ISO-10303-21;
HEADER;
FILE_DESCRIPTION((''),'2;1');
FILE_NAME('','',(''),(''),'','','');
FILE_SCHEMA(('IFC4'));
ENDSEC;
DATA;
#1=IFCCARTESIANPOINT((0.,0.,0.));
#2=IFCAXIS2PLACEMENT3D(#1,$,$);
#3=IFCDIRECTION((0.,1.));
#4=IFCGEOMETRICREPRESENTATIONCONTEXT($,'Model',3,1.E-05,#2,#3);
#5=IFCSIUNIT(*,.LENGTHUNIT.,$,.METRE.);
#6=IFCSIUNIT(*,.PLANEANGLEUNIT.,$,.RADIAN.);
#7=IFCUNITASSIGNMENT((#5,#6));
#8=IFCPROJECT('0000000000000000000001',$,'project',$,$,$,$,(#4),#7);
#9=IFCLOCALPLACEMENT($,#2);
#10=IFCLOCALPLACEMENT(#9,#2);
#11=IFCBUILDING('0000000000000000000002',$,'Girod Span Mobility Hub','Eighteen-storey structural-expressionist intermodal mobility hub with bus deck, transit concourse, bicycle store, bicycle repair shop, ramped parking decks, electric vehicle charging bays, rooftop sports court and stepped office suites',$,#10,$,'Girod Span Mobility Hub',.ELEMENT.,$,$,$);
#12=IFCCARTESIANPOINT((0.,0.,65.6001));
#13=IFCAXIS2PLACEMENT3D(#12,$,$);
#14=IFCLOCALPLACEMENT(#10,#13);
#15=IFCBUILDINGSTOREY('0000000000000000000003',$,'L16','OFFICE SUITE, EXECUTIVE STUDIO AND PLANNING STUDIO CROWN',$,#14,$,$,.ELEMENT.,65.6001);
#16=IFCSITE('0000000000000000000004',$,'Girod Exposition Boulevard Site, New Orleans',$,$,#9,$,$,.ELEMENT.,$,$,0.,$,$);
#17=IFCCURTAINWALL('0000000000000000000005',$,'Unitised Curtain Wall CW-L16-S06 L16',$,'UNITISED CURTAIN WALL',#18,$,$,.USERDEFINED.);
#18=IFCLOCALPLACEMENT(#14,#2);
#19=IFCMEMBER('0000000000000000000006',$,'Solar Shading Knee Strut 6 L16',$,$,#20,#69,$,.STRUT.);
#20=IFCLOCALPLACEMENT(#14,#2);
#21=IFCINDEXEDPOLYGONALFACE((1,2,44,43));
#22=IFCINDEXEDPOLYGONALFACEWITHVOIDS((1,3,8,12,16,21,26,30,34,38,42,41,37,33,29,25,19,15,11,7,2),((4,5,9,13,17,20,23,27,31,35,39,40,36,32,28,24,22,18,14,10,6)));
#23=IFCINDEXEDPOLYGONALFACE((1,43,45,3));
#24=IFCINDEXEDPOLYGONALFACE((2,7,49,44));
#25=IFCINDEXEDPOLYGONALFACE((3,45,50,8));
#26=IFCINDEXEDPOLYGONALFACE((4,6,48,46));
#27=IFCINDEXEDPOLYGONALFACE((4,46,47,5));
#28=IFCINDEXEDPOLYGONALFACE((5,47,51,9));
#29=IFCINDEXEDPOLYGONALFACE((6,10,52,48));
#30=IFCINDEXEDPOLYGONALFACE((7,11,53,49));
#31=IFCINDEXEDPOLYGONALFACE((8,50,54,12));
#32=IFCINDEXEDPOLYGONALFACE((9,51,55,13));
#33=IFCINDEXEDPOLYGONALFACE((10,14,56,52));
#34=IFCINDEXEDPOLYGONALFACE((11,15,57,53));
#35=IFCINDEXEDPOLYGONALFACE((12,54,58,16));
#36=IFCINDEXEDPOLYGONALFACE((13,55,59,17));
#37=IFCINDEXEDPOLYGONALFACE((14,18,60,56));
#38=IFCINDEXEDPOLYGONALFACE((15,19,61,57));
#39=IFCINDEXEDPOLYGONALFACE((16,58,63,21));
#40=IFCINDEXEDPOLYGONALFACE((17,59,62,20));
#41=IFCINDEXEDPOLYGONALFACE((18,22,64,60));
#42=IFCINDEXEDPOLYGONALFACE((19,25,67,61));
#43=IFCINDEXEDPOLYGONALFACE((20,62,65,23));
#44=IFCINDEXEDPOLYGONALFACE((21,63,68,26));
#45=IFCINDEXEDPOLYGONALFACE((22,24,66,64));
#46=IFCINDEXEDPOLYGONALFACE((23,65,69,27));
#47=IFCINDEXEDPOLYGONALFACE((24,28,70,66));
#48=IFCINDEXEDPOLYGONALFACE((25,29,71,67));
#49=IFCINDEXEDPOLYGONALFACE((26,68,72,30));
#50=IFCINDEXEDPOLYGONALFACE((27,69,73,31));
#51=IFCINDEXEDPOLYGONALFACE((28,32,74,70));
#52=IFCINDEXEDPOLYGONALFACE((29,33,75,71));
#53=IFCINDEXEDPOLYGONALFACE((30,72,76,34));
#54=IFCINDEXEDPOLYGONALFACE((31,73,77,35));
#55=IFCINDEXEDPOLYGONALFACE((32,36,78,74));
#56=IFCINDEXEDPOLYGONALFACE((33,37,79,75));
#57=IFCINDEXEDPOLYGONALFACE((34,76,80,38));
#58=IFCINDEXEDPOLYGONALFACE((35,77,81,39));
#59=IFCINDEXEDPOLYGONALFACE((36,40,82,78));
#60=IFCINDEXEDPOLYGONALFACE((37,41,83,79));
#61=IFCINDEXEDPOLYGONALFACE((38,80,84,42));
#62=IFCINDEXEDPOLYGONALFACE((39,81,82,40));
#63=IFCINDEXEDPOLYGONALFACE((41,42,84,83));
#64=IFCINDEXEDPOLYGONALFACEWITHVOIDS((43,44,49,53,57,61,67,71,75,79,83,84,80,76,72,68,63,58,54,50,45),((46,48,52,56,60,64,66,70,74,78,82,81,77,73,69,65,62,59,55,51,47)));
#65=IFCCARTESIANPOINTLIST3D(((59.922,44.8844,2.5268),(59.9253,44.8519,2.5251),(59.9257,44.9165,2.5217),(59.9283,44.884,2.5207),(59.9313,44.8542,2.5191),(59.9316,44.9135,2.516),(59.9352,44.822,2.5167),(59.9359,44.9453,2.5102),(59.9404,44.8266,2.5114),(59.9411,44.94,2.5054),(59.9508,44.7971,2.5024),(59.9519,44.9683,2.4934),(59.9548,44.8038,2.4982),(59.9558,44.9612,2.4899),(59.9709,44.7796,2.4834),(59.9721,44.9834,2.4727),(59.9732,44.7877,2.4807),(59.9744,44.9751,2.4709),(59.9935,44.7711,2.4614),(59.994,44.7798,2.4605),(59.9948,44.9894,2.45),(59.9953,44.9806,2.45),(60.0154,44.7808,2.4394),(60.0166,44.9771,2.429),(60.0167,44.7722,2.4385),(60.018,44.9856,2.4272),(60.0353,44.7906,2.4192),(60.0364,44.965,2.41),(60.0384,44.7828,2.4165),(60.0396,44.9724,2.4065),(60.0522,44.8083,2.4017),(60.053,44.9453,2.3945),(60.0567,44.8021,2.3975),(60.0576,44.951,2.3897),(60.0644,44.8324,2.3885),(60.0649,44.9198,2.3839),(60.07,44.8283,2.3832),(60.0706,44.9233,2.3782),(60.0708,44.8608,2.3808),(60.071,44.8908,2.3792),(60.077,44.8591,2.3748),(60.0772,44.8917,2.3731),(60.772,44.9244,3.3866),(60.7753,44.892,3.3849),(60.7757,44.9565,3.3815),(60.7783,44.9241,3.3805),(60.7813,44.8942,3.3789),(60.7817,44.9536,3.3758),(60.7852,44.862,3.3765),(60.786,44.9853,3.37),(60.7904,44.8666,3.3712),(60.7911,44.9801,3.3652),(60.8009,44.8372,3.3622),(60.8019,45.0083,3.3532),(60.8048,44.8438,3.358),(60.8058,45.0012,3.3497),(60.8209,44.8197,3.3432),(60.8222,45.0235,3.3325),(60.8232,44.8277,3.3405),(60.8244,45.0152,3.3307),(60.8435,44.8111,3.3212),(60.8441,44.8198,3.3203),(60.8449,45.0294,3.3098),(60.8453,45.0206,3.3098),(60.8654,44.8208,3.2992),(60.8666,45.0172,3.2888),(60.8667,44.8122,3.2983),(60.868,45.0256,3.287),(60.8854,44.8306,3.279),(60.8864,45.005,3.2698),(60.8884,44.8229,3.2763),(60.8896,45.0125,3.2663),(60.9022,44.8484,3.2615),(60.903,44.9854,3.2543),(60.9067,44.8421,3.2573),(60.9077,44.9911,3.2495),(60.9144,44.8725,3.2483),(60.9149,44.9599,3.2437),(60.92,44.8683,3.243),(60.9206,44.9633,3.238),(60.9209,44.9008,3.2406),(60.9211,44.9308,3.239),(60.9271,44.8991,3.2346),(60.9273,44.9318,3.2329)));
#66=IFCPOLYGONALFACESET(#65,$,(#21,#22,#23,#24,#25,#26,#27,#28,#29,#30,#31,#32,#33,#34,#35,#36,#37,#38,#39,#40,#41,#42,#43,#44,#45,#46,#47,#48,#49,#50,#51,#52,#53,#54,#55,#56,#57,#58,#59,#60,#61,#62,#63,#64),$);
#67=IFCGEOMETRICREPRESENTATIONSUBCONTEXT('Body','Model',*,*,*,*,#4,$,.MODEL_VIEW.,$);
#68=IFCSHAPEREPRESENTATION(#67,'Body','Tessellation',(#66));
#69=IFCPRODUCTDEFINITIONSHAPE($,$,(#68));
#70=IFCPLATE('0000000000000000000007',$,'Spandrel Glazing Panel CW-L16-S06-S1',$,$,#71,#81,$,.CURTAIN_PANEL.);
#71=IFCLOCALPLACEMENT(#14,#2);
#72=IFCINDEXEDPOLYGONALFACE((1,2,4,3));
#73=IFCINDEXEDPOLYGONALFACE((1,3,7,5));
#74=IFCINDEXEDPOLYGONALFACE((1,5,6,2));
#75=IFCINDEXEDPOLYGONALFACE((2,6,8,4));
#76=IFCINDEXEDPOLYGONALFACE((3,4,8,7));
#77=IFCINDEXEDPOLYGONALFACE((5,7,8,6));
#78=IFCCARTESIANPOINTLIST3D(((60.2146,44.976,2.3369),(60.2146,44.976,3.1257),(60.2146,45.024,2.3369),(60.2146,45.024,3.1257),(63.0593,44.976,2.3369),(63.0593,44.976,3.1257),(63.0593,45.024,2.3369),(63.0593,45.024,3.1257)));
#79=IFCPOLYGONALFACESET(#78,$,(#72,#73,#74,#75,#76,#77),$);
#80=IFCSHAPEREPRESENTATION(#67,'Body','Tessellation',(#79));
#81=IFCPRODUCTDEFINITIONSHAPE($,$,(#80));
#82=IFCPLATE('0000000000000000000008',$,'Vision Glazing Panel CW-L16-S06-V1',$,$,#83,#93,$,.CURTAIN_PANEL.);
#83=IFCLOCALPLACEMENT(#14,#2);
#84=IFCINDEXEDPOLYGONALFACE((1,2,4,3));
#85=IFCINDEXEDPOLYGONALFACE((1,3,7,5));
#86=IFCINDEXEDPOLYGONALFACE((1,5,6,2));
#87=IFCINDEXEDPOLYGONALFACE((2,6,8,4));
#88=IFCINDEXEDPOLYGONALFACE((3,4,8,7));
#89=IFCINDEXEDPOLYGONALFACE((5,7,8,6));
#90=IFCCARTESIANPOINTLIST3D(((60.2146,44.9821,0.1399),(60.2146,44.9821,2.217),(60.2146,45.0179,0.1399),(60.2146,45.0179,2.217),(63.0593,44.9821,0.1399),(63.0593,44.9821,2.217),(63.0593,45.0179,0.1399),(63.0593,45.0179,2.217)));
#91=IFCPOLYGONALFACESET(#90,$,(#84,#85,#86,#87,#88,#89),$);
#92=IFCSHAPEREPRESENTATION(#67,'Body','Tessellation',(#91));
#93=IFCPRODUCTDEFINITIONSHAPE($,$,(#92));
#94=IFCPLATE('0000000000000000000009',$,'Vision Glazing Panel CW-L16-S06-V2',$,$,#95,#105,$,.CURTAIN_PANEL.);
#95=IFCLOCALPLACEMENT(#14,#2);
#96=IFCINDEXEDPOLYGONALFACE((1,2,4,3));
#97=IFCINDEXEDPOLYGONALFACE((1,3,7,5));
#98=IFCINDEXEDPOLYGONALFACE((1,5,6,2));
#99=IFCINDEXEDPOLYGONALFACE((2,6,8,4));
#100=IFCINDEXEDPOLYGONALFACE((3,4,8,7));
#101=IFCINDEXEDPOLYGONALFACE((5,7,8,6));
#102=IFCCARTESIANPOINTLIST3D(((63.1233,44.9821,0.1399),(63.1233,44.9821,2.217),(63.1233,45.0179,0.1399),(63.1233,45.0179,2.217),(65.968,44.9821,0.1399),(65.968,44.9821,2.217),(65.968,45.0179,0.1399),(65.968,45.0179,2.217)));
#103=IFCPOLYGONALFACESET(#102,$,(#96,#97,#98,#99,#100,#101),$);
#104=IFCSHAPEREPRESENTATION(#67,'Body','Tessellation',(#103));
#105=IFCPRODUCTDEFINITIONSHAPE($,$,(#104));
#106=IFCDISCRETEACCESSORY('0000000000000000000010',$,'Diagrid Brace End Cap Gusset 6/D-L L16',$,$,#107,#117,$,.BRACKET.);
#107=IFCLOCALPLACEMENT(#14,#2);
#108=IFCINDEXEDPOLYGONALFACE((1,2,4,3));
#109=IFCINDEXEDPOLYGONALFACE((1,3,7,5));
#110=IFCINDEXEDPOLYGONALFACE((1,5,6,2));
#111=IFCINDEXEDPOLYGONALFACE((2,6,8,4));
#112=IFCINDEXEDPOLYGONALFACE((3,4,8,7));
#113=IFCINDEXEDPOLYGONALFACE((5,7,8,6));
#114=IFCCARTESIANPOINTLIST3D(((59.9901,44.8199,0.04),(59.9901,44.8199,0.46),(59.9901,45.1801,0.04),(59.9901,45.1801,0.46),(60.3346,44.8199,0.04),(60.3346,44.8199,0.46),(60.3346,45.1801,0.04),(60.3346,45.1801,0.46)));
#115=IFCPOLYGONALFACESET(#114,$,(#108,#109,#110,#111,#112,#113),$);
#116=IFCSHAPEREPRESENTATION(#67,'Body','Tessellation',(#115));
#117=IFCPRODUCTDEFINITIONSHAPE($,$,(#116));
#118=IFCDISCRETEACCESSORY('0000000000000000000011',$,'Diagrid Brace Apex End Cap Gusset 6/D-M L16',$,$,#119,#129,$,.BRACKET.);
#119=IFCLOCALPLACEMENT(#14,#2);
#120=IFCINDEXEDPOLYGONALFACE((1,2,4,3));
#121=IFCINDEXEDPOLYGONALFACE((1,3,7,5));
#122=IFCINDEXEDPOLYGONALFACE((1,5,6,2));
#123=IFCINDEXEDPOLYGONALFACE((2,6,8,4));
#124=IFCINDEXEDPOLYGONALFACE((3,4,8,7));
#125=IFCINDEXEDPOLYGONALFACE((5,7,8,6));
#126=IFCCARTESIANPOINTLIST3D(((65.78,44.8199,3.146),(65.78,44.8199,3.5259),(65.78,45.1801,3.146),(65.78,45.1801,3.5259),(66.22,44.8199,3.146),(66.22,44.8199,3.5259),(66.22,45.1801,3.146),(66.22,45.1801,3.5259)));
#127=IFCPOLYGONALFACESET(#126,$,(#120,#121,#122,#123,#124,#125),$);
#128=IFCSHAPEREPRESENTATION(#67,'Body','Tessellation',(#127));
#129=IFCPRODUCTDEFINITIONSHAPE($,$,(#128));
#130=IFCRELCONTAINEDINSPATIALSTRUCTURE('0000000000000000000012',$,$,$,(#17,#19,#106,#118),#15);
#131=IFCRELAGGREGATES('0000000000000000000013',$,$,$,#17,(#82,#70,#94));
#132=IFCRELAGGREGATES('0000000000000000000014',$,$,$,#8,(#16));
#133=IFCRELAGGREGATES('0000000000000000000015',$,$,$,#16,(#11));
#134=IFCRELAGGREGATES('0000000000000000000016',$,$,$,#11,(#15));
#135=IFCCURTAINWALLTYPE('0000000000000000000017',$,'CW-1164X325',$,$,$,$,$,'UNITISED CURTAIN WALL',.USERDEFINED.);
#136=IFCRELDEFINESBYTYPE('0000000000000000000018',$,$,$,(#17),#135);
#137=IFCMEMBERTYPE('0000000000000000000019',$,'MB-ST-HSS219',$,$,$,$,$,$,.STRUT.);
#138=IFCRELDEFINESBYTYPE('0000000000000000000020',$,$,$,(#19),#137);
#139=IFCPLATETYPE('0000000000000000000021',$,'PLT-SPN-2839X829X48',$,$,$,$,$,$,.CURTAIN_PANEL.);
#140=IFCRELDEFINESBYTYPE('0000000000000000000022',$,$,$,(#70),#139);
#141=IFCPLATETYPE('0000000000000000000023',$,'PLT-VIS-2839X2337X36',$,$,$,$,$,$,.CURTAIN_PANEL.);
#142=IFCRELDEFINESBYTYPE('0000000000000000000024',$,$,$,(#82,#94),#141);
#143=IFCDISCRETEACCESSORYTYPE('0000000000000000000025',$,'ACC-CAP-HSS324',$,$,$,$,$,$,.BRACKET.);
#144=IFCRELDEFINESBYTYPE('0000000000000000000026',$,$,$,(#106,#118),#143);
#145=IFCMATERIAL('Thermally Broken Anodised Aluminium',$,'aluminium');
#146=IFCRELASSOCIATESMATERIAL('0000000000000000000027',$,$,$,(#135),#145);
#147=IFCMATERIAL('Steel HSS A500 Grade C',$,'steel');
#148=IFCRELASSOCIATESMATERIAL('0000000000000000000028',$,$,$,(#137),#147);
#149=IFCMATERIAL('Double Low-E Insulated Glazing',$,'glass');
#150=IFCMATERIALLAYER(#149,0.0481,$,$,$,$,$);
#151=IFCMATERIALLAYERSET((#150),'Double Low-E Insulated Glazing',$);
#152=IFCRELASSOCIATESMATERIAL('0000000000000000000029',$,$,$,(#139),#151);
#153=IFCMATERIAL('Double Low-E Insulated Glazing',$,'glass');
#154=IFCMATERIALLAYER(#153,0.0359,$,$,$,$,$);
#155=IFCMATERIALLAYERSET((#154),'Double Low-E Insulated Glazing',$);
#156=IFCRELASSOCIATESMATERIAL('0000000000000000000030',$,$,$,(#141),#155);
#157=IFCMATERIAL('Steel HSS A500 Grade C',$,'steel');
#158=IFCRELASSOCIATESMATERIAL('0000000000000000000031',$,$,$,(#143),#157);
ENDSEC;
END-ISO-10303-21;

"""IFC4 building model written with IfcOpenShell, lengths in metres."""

from ifc_helpers import new_model, si_unit, direction, frame, origin, origin_2d, place, context, subcontext, project, spatial, rectangle, hollow_circle, extrude, material, layer, layer_set, material_profile, profile_set, type_object, element, aggregate, save


model = new_model("IFC4")

# Units and contexts
model_context = context("Model", 3, precision=1e-05, world=origin(), true_north=direction((0.0, 1.0)))
body_context = subcontext(model_context, "Body", "Model", "MODEL_VIEW")
ifc_project = project(units=[si_unit("LENGTHUNIT", "METRE"), si_unit("PLANEANGLEUNIT", "RADIAN")], contexts=[model_context])

# Site, building, storey
site_placement = place(None, origin())
site = spatial("IfcSite", under=ifc_project, at=site_placement, Name="Girod Exposition Boulevard Site, New Orleans", CompositionType="ELEMENT", RefElevation=0.0)
building_placement = place(site_placement, origin())
building = spatial("IfcBuilding", under=site, at=building_placement, Name="Girod Span Mobility Hub", Description="Eighteen-storey structural-expressionist intermodal mobility hub with bus deck, transit concourse, bicycle store, bicycle repair shop, ramped parking decks, electric vehicle charging bays, rooftop sports court and stepped office suites", LongName="Girod Span Mobility Hub", CompositionType="ELEMENT")
storey_placement = place(building_placement, frame((0.0, 0.0, 65.6001)))
storey = spatial("IfcBuildingStorey", under=building, at=storey_placement, Name="L16", Description="OFFICE SUITE, EXECUTIVE STUDIO AND PLANNING STUDIO CROWN", CompositionType="ELEMENT", Elevation=65.6001)

# Curtain wall
ifc_material_1 = material(Name="Thermally Broken Anodised Aluminium", Category="aluminium")
curtain_wall_type = type_object("IfcCurtainWallType", Name="CW-1164X325", ElementType="UNITISED CURTAIN WALL", PredefinedType="USERDEFINED", material=ifc_material_1)
curtain_wall_placement = place(storey_placement, origin())
curtain_wall = element("IfcCurtainWall", 1, at=curtain_wall_placement, inside=storey, type_object=curtain_wall_type, Name="Unitised Curtain Wall CW-L16-S06 L16", ObjectType="UNITISED CURTAIN WALL", PredefinedType="USERDEFINED")

# Member
ifc_material_2 = material(Name="Steel HSS A500 Grade C", Category="steel")
ifc_material_profile_1 = material_profile(ifc_material_2, hollow_circle(Radius=0.1096, WallThickness=0.0088, at=origin_2d()), Name="HSS219X9.5")
ifc_profile_set_1 = profile_set([ifc_material_profile_1], Name="Steel HSS A500 Grade C")
member_type_1 = type_object("IfcMemberType", Name="MB-ST-HSS219", PredefinedType="STRUT", material=ifc_profile_set_1)
member_1_placement = place(storey_placement, frame((60.0, 44.8799, 2.45), z_axis=(0.702672, 0.033095, 0.710744), x_axis=(-0.047047, 0.998893, 0.0)))
element("IfcMember", 2, at=member_1_placement, inside=storey, type_object=member_type_1, Name="Solar Shading Knee Strut 6 L16", PredefinedType="STRUT", context=body_context, shape_type="SweptSolid", body=[
    extrude(hollow_circle(Radius=0.1096, WallThickness=0.0088, at=origin_2d()), origin(), (0.0, 0.0, 1.0), 1.2097),
])

# Plates
ifc_material_3 = material(Name="Double Low-E Insulated Glazing", Category="glass")
ifc_layer_1 = layer(ifc_material_3, 0.0481)
ifc_layer_set_1 = layer_set([ifc_layer_1], Name="Double Low-E Insulated Glazing")
plate_type_1 = type_object("IfcPlateType", Name="PLT-SPN-2839X829X48", PredefinedType="CURTAIN_PANEL", material=ifc_layer_set_1)
plate_1_placement = place(storey_placement, frame((61.637, 45.0, 2.3369), z_axis=(0.0, 0.0, 1.0), x_axis=(1.0, 0.0, 0.0)))
plate_1 = element("IfcPlate", 3, at=plate_1_placement, type_object=plate_type_1, Name="Spandrel Glazing Panel CW-L16-S06-S1", PredefinedType="CURTAIN_PANEL", context=body_context, shape_type="SweptSolid", body=[
    extrude(rectangle(XDim=2.8447, YDim=0.0481, at=origin_2d()), origin(), (0.0, 0.0, 1.0), 0.7888),
])
ifc_material_4 = material(Name="Double Low-E Insulated Glazing", Category="glass")
ifc_layer_2 = layer(ifc_material_4, 0.0359)
ifc_layer_set_2 = layer_set([ifc_layer_2], Name="Double Low-E Insulated Glazing")
plate_type_2 = type_object("IfcPlateType", Name="PLT-VIS-2839X2337X36", PredefinedType="CURTAIN_PANEL", material=ifc_layer_set_2)
plate_2_placement = place(storey_placement, frame((61.637, 45.0, 0.1399), z_axis=(0.0, 0.0, 1.0), x_axis=(1.0, 0.0, 0.0)))
plate_2 = element("IfcPlate", 4, at=plate_2_placement, type_object=plate_type_2, Name="Vision Glazing Panel CW-L16-S06-V1", PredefinedType="CURTAIN_PANEL", context=body_context, shape_type="SweptSolid", body=[
    extrude(rectangle(XDim=2.8447, YDim=0.0359, at=origin_2d()), origin(), (0.0, 0.0, 1.0), 2.0771),
])
plate_3_placement = place(storey_placement, frame((64.5457, 45.0, 0.1399), z_axis=(0.0, 0.0, 1.0), x_axis=(1.0, 0.0, 0.0)))
plate_3 = element("IfcPlate", 5, at=plate_3_placement, type_object=plate_type_2, Name="Vision Glazing Panel CW-L16-S06-V2", PredefinedType="CURTAIN_PANEL", context=body_context, shape_type="SweptSolid", body=[
    extrude(rectangle(XDim=2.8447, YDim=0.0359, at=origin_2d()), origin(), (0.0, 0.0, 1.0), 2.0771),
])
aggregate(curtain_wall, [plate_2, plate_1, plate_3])

# Discrete accessories
ifc_material_5 = material(Name="Steel HSS A500 Grade C", Category="steel")
discrete_accessory_type = type_object("IfcDiscreteAccessoryType", Name="ACC-CAP-HSS324", PredefinedType="BRACKET", material=ifc_material_5)
discrete_accessory_1_placement = place(storey_placement, frame((60.1624, 45.0, 0.04), z_axis=(0.0, 0.0, 1.0), x_axis=(1.0, 0.0, 0.0)))
element("IfcDiscreteAccessory", 6, at=discrete_accessory_1_placement, inside=storey, type_object=discrete_accessory_type, Name="Diagrid Brace End Cap Gusset 6/D-L L16", PredefinedType="BRACKET", context=body_context, shape_type="SweptSolid", body=[
    extrude(rectangle(XDim=0.3445, YDim=0.3601, at=origin_2d()), origin(), (0.0, 0.0, 1.0), 0.4199),
])
discrete_accessory_2_placement = place(storey_placement, frame((66.0, 45.0, 3.146), z_axis=(0.0, 0.0, 1.0), x_axis=(1.0, 0.0, 0.0)))
element("IfcDiscreteAccessory", 7, at=discrete_accessory_2_placement, inside=storey, type_object=discrete_accessory_type, Name="Diagrid Brace Apex End Cap Gusset 6/D-M L16", PredefinedType="BRACKET", context=body_context, shape_type="SweptSolid", body=[
    extrude(rectangle(XDim=0.4399, YDim=0.3601, at=origin_2d()), origin(), (0.0, 0.0, 1.0), 0.3799),
])

save(model, "model.ifc")
